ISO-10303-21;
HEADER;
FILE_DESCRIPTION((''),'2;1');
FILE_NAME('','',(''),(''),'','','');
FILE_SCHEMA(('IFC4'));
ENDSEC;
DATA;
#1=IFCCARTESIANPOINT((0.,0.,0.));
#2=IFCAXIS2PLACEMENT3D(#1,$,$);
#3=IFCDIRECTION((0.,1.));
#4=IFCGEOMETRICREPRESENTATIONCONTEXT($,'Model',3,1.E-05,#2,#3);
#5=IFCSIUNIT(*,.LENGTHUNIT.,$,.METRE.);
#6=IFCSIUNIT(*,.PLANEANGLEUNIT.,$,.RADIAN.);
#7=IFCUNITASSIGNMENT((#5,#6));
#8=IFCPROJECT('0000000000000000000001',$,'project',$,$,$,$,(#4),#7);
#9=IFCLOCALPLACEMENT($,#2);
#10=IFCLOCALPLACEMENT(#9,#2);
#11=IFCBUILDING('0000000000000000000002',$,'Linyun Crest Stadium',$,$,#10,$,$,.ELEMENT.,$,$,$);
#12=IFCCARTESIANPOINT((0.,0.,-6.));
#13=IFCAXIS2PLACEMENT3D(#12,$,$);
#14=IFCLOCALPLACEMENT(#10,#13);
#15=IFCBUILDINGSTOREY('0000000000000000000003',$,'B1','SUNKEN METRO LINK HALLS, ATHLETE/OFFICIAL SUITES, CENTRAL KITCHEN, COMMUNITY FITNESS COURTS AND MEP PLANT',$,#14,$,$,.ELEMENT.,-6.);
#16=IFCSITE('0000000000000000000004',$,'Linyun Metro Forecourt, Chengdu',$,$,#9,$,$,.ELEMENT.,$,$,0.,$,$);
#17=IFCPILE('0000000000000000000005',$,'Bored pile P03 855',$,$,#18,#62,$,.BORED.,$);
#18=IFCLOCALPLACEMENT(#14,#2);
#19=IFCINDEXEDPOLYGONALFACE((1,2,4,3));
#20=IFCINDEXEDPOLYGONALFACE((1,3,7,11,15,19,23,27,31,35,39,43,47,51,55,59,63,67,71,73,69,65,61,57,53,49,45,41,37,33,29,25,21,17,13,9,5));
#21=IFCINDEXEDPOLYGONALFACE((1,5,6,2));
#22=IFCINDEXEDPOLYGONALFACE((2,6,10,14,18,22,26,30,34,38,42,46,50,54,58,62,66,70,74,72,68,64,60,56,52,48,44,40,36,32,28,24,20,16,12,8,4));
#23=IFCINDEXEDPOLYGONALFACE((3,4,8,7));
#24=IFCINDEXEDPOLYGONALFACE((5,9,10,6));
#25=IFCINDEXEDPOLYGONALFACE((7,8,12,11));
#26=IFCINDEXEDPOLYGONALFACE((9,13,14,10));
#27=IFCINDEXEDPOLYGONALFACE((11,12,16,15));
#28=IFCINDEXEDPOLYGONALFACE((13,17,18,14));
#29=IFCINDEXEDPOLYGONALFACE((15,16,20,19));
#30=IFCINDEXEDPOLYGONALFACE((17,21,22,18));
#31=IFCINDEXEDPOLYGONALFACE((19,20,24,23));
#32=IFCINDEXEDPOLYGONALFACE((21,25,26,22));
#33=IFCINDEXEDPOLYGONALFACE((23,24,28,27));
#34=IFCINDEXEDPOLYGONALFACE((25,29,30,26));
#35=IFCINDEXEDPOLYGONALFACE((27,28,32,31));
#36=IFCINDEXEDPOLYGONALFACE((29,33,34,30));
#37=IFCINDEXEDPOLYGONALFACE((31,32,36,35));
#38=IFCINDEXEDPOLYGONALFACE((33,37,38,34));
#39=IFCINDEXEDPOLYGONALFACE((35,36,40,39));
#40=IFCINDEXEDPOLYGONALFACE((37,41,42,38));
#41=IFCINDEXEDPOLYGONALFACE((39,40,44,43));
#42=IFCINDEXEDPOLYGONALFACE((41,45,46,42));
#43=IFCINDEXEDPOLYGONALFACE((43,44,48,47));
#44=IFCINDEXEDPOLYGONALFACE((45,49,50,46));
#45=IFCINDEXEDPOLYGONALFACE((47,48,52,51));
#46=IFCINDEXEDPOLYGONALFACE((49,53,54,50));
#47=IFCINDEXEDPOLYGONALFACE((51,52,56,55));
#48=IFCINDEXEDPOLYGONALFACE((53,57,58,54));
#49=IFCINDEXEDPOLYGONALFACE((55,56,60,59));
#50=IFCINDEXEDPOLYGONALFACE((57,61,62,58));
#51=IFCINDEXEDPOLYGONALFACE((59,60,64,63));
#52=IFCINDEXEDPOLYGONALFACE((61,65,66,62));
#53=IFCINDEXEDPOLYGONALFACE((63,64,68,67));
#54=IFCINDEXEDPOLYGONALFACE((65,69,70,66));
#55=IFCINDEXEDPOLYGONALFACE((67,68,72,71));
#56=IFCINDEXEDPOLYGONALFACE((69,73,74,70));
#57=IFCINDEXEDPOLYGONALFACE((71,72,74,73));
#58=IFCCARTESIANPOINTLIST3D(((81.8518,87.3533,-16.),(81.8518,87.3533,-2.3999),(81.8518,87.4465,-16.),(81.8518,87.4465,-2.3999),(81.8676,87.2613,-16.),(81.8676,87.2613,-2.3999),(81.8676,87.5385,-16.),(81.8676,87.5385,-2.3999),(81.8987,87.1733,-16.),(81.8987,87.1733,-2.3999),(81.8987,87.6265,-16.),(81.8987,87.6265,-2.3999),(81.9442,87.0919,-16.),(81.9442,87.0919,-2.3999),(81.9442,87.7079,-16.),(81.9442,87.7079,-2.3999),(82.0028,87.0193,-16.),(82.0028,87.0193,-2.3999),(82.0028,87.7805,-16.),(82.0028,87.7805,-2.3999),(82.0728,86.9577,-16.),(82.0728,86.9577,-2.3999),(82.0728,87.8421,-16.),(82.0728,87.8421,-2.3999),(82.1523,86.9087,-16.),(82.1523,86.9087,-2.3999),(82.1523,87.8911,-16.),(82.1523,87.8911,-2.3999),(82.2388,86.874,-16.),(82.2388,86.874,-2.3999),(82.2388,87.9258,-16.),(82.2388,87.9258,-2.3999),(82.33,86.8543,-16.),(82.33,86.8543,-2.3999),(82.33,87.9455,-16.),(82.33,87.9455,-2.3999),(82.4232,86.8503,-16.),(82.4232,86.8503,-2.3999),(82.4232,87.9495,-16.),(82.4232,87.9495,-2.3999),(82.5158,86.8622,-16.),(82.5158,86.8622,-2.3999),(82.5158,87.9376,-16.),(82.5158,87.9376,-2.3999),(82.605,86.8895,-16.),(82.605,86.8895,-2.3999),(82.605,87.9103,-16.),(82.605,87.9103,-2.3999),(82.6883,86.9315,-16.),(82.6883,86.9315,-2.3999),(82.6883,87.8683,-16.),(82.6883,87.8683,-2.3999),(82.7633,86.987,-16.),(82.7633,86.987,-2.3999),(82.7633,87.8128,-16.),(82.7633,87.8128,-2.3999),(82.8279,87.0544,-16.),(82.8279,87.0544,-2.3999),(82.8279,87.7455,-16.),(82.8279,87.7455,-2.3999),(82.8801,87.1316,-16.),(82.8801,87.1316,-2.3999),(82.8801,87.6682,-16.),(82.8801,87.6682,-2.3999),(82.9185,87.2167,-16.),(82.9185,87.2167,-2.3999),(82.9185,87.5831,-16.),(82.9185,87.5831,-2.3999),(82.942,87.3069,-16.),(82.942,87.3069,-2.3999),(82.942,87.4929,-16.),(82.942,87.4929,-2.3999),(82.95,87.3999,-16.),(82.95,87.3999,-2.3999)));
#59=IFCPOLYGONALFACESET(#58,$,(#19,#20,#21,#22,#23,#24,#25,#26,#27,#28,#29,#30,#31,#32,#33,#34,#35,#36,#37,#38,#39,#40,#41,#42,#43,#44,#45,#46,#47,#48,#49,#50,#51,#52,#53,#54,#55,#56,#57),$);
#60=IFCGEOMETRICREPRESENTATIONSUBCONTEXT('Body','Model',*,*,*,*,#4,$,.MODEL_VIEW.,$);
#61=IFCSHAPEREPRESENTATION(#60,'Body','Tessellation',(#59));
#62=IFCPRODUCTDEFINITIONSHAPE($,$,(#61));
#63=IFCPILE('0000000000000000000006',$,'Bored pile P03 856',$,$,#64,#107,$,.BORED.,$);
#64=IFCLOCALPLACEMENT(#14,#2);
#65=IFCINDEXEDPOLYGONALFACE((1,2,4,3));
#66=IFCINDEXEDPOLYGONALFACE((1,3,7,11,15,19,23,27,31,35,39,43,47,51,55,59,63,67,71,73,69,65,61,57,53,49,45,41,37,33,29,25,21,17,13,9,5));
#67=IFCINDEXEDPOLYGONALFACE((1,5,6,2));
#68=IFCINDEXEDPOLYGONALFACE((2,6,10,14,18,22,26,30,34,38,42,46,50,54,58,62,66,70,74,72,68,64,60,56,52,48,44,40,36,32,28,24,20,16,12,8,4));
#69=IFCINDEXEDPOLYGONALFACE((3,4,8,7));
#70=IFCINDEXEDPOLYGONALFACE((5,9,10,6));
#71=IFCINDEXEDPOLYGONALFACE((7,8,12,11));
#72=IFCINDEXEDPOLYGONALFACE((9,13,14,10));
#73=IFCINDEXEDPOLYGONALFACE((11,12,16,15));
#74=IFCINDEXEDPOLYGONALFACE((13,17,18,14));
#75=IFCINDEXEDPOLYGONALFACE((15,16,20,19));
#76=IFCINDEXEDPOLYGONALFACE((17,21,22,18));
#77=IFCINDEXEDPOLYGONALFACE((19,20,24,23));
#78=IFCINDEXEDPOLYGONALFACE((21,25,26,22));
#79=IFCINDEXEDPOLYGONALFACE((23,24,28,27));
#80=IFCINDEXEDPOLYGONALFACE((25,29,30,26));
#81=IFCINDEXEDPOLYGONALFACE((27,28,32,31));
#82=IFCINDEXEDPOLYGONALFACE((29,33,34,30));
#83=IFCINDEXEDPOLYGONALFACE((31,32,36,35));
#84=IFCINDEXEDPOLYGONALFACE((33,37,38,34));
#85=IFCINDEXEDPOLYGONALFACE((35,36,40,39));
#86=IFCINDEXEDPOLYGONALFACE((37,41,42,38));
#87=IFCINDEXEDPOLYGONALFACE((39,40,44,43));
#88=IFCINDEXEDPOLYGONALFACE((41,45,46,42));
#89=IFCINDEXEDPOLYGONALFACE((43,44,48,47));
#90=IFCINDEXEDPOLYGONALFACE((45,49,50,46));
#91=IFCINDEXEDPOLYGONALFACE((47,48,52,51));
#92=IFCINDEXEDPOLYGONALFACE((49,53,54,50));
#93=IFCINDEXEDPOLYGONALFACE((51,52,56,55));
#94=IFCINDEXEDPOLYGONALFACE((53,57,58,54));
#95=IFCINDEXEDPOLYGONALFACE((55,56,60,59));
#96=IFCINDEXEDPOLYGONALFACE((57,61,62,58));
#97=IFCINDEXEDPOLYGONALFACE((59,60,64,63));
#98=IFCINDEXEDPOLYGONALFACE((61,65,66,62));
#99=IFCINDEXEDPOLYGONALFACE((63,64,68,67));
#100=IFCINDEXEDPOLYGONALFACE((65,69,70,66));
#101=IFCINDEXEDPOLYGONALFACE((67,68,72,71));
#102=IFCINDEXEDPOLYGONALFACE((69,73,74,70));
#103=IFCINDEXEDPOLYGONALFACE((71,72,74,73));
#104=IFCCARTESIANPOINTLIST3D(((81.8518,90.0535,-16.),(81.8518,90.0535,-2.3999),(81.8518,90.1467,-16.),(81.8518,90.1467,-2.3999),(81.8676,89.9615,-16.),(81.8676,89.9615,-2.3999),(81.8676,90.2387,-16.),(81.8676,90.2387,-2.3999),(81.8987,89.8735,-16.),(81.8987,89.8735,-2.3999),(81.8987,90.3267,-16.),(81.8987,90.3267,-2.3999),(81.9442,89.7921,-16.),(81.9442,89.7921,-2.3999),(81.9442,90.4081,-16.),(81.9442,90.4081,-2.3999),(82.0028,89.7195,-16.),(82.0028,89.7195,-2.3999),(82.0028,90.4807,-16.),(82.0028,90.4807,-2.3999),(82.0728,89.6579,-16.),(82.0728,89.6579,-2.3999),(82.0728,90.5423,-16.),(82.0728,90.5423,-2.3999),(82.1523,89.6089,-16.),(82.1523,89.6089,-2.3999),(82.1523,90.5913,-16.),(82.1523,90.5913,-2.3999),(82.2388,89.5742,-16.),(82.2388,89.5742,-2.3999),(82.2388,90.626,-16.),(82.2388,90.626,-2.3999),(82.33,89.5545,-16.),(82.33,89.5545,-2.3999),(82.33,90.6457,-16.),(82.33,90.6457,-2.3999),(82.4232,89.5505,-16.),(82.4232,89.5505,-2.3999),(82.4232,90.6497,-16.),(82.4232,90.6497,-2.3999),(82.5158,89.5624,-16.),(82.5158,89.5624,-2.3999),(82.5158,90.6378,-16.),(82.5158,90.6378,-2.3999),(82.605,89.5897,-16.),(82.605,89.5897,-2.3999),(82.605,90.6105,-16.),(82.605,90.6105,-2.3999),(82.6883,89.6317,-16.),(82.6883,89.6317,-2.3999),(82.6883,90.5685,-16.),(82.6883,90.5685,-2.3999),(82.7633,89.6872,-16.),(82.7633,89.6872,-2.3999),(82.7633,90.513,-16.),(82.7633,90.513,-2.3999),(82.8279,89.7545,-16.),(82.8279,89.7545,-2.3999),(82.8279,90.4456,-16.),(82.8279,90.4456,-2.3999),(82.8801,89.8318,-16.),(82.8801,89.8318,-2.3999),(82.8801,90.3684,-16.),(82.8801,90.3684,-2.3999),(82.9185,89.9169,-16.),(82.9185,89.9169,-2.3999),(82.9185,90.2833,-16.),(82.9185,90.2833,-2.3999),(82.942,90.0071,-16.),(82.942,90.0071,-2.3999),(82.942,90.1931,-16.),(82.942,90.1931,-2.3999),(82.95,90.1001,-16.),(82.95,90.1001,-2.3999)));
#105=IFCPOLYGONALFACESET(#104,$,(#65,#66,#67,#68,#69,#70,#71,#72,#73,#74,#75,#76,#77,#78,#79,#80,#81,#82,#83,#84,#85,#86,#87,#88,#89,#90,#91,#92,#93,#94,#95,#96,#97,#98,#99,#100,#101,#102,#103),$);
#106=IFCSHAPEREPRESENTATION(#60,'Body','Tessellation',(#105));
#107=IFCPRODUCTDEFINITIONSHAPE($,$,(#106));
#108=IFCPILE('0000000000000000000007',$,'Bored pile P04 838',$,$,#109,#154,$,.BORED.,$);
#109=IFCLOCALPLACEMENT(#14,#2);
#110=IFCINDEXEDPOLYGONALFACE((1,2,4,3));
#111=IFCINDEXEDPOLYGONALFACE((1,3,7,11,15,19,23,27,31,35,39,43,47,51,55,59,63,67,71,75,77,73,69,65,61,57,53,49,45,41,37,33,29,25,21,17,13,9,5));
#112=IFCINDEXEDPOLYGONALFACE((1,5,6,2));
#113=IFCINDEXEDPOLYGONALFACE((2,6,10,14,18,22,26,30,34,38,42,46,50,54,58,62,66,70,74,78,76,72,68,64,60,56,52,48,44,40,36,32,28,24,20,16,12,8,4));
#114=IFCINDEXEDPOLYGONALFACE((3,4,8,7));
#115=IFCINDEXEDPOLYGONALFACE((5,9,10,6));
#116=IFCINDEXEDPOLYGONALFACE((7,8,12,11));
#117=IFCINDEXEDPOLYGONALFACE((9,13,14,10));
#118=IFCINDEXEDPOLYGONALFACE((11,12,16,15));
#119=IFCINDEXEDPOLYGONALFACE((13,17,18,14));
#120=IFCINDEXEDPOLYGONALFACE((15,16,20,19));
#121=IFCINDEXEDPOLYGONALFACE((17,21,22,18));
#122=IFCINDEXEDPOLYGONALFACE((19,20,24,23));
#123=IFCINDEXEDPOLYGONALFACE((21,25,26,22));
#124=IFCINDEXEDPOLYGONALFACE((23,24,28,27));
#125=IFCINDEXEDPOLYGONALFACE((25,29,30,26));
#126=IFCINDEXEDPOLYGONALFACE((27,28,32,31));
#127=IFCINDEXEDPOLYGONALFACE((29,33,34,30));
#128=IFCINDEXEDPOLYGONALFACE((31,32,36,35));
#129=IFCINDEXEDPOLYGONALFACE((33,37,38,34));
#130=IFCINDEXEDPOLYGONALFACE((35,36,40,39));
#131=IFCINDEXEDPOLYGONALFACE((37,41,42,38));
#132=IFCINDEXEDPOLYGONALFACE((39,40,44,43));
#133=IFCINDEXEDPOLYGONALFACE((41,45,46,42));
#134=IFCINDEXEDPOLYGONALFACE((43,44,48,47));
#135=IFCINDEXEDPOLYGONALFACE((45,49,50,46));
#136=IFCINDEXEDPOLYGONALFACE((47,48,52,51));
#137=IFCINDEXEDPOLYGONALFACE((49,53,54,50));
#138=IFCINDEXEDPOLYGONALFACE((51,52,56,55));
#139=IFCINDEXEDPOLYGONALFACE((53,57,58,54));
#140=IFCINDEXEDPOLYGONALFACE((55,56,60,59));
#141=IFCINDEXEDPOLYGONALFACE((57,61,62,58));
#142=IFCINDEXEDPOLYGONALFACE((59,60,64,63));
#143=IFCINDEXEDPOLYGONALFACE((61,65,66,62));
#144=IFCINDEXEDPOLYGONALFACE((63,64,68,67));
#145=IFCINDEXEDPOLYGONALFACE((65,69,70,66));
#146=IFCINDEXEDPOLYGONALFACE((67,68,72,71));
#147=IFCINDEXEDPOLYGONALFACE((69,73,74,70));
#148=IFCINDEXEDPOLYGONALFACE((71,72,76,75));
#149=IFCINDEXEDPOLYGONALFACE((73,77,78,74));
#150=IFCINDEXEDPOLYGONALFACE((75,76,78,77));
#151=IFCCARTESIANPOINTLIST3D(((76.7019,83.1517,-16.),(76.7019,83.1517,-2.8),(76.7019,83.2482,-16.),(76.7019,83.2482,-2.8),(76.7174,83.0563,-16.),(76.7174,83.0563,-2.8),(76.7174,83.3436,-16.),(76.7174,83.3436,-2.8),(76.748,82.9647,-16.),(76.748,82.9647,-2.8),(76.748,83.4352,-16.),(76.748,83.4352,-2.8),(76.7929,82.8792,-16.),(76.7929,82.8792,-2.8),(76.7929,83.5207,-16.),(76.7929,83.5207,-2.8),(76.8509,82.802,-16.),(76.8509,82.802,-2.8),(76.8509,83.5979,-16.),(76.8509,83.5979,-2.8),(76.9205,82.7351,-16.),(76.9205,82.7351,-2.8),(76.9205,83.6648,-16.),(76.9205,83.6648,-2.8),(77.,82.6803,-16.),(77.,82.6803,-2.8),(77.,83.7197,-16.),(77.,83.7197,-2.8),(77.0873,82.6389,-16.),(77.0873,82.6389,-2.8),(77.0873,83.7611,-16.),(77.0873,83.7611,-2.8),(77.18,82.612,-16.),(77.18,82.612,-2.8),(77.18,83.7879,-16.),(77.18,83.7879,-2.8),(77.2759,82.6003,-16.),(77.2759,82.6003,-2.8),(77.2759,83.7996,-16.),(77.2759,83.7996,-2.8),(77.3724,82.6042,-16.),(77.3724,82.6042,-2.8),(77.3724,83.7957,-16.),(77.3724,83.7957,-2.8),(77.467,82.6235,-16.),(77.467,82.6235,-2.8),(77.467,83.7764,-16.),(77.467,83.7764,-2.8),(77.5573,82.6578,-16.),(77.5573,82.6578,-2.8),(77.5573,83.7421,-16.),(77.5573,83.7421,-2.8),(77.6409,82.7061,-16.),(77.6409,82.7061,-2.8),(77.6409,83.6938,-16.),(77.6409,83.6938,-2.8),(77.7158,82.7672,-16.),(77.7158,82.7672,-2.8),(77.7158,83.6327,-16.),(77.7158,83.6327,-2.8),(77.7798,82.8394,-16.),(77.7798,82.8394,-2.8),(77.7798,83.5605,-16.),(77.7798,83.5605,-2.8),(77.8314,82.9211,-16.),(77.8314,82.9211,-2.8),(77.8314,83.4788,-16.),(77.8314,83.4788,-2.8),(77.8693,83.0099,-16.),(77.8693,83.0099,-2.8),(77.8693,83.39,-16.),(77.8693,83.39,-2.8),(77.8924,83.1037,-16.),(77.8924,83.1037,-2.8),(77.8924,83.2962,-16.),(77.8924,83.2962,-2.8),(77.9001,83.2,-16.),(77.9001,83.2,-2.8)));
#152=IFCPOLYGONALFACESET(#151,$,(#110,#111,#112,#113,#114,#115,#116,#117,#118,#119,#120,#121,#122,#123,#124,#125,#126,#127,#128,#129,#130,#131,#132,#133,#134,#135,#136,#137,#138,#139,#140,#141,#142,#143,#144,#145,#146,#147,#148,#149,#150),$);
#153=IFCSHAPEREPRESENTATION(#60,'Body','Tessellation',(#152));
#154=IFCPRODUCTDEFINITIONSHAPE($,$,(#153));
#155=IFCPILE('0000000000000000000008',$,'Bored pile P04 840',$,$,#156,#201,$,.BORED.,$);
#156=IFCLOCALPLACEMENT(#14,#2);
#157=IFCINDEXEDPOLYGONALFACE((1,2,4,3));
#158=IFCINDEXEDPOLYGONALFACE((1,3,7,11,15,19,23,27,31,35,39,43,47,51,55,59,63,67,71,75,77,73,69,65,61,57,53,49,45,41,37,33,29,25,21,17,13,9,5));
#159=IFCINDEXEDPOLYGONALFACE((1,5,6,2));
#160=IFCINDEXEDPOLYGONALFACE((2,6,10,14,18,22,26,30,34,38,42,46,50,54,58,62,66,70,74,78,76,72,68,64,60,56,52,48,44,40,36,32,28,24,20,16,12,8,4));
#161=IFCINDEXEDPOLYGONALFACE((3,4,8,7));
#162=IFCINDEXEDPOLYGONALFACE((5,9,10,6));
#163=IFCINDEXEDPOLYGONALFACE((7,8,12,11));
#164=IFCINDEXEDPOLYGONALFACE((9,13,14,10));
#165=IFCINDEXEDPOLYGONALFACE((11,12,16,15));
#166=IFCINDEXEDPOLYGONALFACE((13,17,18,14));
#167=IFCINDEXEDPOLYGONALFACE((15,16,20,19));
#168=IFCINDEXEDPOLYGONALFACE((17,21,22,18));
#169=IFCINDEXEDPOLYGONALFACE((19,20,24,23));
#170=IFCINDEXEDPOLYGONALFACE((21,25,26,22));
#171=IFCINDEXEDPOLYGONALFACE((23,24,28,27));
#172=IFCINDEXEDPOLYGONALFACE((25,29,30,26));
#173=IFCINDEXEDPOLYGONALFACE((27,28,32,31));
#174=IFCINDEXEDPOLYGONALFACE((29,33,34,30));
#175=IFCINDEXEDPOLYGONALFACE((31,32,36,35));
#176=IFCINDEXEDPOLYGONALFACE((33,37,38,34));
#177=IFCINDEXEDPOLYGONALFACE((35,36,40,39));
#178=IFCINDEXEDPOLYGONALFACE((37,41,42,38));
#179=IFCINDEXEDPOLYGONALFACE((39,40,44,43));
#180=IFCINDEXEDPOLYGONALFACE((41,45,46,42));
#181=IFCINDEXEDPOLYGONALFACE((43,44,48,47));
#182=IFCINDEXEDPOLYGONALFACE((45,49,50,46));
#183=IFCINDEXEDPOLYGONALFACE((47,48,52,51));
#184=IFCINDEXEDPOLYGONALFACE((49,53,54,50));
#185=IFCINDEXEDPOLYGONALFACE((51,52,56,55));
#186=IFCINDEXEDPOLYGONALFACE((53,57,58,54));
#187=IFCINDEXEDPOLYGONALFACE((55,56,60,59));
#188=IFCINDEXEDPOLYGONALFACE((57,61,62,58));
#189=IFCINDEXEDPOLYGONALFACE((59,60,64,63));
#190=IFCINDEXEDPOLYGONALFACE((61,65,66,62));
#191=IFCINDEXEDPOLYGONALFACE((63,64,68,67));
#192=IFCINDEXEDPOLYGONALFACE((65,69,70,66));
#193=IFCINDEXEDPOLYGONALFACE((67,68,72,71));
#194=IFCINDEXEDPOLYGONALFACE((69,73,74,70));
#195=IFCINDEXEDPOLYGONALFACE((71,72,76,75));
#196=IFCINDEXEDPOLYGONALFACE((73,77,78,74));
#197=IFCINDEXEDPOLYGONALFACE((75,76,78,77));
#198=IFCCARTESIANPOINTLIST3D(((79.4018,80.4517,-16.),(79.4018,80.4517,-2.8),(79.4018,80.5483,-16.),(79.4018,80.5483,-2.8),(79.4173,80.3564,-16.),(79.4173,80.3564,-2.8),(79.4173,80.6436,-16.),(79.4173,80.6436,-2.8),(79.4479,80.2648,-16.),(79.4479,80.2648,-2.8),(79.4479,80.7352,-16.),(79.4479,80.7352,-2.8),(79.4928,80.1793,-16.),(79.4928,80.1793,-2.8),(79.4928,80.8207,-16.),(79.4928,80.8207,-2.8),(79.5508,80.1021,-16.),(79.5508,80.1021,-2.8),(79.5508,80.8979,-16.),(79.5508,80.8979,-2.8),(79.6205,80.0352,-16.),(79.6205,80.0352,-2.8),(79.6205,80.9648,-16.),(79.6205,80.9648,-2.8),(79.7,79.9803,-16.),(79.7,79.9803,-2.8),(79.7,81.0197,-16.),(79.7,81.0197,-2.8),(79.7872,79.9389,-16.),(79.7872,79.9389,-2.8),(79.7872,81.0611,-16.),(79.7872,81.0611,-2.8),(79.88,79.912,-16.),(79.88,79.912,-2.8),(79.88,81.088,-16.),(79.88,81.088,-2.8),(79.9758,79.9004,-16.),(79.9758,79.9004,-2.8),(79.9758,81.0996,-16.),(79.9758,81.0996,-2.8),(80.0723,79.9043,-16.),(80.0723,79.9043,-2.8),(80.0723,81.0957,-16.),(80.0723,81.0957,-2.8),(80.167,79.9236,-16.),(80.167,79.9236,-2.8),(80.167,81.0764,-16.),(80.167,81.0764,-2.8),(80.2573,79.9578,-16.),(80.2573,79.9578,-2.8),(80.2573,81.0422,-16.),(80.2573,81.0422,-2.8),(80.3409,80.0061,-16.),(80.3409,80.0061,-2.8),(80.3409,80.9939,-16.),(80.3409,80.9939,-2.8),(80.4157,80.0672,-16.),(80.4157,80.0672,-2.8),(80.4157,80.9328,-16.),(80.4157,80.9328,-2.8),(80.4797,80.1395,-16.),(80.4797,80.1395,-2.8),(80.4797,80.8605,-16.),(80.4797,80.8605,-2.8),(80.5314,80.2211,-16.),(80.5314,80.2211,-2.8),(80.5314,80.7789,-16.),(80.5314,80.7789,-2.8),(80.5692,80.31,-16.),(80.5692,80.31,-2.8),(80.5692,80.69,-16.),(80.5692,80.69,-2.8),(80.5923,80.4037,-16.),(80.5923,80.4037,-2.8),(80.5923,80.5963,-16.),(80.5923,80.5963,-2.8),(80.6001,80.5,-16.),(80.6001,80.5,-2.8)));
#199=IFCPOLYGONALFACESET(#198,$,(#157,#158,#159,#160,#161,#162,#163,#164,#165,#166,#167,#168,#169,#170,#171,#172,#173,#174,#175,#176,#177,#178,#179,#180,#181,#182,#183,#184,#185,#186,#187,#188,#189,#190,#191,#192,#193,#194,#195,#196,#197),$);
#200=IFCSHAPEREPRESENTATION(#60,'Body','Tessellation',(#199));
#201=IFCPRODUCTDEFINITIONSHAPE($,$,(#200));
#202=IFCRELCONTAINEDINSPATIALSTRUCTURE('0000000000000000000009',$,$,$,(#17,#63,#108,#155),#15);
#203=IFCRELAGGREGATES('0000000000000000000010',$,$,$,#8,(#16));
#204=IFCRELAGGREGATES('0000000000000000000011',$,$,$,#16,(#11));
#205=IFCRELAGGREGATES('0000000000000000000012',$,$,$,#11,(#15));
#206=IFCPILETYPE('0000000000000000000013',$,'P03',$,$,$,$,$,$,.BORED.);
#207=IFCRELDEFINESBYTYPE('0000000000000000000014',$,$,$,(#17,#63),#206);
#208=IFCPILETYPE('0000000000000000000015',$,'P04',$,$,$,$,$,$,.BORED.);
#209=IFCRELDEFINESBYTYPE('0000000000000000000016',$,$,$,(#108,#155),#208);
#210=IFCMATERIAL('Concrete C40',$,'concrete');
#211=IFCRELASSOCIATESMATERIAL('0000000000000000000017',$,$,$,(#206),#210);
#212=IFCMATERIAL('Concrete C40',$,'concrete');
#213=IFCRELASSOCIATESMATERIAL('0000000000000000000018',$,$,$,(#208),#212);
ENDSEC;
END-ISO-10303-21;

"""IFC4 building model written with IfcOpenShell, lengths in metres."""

from ifc_helpers import new_model, si_unit, direction, frame, origin, origin_2d, place, context, subcontext, project, spatial, circle, extrude, material, material_profile, profile_set, type_object, element, save


model = new_model("IFC4")

# Units and contexts
model_context = context("Model", 3, precision=1e-05, world=origin(), true_north=direction((0.0, 1.0)))
body_context = subcontext(model_context, "Body", "Model", "MODEL_VIEW")
ifc_project = project(units=[si_unit("LENGTHUNIT", "METRE"), si_unit("PLANEANGLEUNIT", "RADIAN")], contexts=[model_context])

# Site, building, storey
site_placement = place(None, origin())
site = spatial("IfcSite", under=ifc_project, at=site_placement, Name="Linyun Metro Forecourt, Chengdu", CompositionType="ELEMENT", RefElevation=0.0)
building_placement = place(site_placement, origin())
building = spatial("IfcBuilding", under=site, at=building_placement, Name="Linyun Crest Stadium", CompositionType="ELEMENT")
storey_placement = place(building_placement, frame((0.0, 0.0, -6.0)))
storey = spatial("IfcBuildingStorey", under=building, at=storey_placement, Name="B1", Description="SUNKEN METRO LINK HALLS, ATHLETE/OFFICIAL SUITES, CENTRAL KITCHEN, COMMUNITY FITNESS COURTS AND MEP PLANT", CompositionType="ELEMENT", Elevation=-6.0)

# Piles
ifc_material_1 = material(Name="Concrete C40", Category="concrete")
ifc_material_profile_1 = material_profile(ifc_material_1, circle(Radius=0.55, at=origin_2d()), Name="BORED PILE 1100")
ifc_profile_set_1 = profile_set([ifc_material_profile_1], Name="Concrete C40")
pile_type_1 = type_object("IfcPileType", Name="P03", PredefinedType="BORED", material=ifc_profile_set_1)
for number, where, z_axis, x_axis, name in (
    (1, (82.3999, 87.3999, -2.3999), (0.0, 0.0, -1.0), (1.0, 0.0, 0.0), "Bored pile P03 855"),
    (2, (82.3999, 90.1001, -2.3999), (0.0, 0.0, -1.0), (1.0, 0.0, 0.0), "Bored pile P03 856"),
):
    element("IfcPile", number, at=place(storey_placement, frame(where, z_axis=z_axis, x_axis=x_axis)), inside=storey, type_object=pile_type_1, Name=name, PredefinedType="BORED", context=body_context, shape_type="SweptSolid", body=[
        extrude(circle(Radius=0.55, at=origin_2d()), origin(), (0.0, 0.0, 1.0), 13.6001),
    ])
ifc_material_2 = material(Name="Concrete C40", Category="concrete")
ifc_material_profile_2 = material_profile(ifc_material_2, circle(Radius=0.6001, at=origin_2d()), Name="BORED PILE 1200")
ifc_profile_set_2 = profile_set([ifc_material_profile_2], Name="Concrete C40")
pile_type_2 = type_object("IfcPileType", Name="P04", PredefinedType="BORED", material=ifc_profile_set_2)
for number, where, z_axis, x_axis, name in (
    (3, (77.3, 83.2, -2.8), (0.0, 0.0, -1.0), (1.0, 0.0, 0.0), "Bored pile P04 838"),
    (4, (80.0, 80.5, -2.8), (0.0, 0.0, -1.0), (1.0, 0.0, 0.0), "Bored pile P04 840"),
):
    element("IfcPile", number, at=place(storey_placement, frame(where, z_axis=z_axis, x_axis=x_axis)), inside=storey, type_object=pile_type_2, Name=name, PredefinedType="BORED", context=body_context, shape_type="SweptSolid", body=[
        extrude(circle(Radius=0.6001, at=origin_2d()), origin(), (0.0, 0.0, 1.0), 13.2),
    ])

save(model, "model.ifc")
